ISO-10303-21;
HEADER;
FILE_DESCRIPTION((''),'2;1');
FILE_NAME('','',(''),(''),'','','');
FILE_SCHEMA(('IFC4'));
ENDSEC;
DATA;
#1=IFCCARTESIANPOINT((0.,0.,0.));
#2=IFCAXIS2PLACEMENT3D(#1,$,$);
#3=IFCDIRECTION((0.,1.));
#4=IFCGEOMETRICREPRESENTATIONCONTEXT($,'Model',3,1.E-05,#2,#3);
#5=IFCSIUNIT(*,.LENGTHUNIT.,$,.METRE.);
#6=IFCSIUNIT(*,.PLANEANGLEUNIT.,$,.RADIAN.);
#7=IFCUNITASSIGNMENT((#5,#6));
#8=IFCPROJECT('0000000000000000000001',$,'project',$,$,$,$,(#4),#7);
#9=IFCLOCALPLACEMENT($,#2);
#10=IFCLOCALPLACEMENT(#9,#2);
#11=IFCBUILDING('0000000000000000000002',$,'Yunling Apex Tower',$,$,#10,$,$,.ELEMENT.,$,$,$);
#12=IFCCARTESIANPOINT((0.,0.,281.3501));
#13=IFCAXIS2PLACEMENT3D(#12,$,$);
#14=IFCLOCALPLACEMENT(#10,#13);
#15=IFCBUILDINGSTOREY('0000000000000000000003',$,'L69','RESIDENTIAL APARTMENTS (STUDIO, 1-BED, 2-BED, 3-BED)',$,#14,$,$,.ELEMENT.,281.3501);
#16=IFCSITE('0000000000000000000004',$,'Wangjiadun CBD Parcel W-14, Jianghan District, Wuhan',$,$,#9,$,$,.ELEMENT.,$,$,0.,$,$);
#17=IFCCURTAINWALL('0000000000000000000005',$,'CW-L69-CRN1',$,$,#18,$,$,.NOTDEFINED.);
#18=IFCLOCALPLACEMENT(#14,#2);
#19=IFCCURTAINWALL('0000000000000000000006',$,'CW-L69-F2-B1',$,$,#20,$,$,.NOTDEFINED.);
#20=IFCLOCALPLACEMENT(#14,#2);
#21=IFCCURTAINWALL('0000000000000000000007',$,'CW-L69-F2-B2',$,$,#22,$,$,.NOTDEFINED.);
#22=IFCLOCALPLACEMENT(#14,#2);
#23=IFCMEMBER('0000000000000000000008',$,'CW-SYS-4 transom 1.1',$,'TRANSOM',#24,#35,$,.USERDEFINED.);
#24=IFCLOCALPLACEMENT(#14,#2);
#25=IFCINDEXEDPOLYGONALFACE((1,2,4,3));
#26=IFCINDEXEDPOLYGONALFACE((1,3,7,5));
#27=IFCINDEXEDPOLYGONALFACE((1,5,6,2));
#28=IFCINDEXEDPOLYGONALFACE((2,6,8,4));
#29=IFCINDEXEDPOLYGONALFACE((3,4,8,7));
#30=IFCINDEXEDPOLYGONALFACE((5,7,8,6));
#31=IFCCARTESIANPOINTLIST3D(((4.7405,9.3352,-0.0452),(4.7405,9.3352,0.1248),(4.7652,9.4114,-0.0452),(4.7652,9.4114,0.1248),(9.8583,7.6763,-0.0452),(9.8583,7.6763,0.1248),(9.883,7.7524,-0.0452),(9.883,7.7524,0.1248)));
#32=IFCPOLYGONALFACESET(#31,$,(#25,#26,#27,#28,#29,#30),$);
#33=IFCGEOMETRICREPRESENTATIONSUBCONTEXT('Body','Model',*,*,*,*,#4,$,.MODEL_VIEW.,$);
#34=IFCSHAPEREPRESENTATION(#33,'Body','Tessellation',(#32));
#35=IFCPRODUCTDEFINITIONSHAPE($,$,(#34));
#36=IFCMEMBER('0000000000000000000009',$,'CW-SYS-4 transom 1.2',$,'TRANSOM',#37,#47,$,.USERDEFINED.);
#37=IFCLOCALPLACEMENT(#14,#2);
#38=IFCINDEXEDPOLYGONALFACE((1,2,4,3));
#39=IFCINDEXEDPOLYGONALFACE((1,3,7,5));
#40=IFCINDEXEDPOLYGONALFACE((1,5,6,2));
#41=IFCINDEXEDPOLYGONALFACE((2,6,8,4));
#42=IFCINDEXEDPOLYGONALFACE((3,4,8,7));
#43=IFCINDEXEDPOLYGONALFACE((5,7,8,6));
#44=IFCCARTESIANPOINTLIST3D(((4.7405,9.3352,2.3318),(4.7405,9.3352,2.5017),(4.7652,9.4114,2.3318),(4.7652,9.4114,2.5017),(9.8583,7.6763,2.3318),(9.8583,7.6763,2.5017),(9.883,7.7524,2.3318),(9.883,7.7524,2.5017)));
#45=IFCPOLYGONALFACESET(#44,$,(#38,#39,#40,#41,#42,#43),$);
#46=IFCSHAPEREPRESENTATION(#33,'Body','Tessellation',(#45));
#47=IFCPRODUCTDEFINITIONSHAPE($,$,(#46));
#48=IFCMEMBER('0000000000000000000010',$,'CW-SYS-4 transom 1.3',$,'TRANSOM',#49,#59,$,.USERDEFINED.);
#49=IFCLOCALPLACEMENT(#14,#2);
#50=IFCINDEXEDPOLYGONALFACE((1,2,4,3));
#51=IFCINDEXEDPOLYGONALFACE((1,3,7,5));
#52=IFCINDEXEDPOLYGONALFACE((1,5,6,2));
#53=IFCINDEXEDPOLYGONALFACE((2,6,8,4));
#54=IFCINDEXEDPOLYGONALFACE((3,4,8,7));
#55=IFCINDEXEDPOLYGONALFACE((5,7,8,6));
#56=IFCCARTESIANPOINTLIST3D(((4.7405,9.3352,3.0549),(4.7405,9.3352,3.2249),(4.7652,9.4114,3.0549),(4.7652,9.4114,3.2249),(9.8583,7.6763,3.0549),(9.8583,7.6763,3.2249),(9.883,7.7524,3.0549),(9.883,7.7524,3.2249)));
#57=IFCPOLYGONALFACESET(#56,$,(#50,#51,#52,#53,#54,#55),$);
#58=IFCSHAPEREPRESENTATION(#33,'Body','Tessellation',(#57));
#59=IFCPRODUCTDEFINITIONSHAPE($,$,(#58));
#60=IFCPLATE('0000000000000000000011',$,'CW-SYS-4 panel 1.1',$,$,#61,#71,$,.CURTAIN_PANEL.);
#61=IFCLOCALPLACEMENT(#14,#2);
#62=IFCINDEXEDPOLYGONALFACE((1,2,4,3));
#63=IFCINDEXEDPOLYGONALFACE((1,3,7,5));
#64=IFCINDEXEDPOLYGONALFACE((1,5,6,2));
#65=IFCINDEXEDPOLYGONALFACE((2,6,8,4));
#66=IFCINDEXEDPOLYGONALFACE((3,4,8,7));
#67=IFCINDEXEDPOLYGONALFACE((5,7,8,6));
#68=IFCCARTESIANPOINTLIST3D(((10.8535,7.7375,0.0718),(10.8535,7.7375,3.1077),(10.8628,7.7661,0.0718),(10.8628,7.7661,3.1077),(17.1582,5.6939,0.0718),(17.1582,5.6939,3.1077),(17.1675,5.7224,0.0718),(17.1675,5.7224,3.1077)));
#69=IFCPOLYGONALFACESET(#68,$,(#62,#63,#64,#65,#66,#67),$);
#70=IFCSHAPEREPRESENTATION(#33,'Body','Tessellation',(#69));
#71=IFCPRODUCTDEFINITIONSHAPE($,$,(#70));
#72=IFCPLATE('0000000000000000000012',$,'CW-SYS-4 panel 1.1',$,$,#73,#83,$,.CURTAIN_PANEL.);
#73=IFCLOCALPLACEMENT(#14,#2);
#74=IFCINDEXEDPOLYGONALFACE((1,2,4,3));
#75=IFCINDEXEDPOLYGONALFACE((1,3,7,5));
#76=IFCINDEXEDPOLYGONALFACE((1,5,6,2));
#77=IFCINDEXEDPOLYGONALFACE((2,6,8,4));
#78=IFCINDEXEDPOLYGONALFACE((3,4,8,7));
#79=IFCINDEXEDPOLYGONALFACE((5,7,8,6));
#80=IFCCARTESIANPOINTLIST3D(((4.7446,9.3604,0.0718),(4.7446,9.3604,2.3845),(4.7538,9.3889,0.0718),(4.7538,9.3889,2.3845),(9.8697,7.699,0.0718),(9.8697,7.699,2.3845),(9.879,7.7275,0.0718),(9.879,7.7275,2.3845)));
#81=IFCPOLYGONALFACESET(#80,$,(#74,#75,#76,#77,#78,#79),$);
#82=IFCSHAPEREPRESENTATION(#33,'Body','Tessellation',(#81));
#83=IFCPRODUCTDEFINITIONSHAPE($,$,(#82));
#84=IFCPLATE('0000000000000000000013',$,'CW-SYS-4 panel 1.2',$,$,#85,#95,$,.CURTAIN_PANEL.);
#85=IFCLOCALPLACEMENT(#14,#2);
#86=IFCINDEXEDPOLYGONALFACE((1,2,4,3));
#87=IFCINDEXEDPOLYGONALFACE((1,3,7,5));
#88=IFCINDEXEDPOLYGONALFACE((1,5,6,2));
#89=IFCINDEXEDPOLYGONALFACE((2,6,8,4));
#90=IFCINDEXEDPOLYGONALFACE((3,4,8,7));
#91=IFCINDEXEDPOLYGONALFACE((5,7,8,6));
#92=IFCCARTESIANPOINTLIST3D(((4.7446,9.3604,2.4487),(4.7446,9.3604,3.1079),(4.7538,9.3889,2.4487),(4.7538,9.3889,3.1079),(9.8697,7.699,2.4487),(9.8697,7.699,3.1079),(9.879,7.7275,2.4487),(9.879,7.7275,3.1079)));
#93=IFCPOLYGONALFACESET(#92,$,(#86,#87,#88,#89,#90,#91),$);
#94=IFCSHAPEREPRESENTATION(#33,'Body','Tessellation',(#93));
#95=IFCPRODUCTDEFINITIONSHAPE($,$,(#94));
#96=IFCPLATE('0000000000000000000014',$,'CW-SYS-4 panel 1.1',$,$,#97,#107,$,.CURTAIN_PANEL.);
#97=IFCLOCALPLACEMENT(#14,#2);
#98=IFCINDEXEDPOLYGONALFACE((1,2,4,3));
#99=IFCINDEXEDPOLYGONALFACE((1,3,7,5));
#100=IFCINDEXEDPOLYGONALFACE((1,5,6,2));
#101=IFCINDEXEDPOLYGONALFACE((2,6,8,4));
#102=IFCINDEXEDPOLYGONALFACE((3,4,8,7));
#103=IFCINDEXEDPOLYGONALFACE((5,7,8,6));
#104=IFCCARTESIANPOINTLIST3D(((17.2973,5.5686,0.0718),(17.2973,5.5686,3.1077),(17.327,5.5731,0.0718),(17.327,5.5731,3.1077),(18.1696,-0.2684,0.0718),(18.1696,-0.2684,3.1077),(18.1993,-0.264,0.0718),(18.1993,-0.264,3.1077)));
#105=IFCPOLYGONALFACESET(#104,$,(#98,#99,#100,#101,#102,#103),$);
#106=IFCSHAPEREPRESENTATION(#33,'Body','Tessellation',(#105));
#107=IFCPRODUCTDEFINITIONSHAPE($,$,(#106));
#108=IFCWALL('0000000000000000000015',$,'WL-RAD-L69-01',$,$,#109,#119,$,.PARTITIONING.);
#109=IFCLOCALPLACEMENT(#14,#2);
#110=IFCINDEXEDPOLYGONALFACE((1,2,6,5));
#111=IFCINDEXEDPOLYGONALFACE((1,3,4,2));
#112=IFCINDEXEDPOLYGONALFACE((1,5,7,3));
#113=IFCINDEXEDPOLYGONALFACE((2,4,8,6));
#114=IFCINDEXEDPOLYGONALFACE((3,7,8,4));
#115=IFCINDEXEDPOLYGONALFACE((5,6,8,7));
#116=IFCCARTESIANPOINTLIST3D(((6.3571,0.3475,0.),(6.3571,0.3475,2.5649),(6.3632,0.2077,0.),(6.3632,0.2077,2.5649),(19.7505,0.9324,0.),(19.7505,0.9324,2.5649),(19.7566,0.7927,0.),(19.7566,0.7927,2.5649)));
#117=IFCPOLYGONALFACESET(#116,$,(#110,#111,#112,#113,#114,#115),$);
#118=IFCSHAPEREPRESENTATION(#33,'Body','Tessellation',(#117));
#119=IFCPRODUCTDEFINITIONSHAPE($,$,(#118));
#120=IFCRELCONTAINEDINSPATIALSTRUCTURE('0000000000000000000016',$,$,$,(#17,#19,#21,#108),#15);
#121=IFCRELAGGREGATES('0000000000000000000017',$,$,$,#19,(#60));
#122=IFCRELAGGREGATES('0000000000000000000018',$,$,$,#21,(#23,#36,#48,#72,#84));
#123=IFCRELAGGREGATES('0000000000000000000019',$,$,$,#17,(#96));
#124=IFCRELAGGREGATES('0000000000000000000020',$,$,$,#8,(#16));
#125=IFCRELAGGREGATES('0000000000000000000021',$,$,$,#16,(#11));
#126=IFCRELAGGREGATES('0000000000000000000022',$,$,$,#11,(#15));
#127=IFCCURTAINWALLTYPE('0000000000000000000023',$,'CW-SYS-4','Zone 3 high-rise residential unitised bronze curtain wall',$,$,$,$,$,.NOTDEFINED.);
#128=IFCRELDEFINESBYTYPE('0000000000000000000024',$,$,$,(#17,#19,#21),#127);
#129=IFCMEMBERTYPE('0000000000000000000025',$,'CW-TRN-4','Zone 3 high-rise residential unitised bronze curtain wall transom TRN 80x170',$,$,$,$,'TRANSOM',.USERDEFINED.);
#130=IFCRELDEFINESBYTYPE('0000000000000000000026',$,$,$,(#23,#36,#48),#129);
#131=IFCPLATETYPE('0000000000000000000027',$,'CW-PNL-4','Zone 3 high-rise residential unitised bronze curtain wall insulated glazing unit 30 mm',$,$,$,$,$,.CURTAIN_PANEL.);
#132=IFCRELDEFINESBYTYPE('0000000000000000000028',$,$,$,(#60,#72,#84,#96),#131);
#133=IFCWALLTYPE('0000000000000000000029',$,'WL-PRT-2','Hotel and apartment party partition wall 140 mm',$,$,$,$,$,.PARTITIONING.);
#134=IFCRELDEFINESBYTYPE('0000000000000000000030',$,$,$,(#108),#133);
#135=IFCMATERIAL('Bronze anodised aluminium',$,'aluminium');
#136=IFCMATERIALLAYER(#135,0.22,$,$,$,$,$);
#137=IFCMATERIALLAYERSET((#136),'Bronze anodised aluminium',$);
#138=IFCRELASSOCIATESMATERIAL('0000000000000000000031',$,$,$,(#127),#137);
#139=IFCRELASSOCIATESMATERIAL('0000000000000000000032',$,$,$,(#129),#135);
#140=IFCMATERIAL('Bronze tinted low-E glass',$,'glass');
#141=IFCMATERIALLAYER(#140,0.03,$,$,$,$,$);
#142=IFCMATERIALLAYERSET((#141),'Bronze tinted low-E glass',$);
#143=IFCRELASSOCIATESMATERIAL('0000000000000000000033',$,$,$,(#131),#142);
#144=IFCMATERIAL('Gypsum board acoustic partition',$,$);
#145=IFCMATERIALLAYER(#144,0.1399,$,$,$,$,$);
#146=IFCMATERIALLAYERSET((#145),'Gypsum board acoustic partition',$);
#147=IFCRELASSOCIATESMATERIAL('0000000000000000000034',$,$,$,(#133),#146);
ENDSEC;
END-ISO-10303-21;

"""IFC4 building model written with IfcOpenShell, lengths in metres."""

from ifc_helpers import new_model, si_unit, direction, frame, frame_2d, origin, origin_2d, place, context, subcontext, project, spatial, rectangle, extrude, source, transform, mapped, material, layer, layer_set, material_profile, profile_set, type_object, element, aggregate, save


model = new_model("IFC4")

# Units and contexts
model_context = context("Model", 3, precision=1e-05, world=origin(), true_north=direction((0.0, 1.0)))
body_context = subcontext(model_context, "Body", "Model", "MODEL_VIEW")
ifc_project = project(units=[si_unit("LENGTHUNIT", "METRE"), si_unit("PLANEANGLEUNIT", "RADIAN")], contexts=[model_context])

# Site, building, storey
site_placement = place(None, origin())
site = spatial("IfcSite", under=ifc_project, at=site_placement, Name="Wangjiadun CBD Parcel W-14, Jianghan District, Wuhan", CompositionType="ELEMENT", RefElevation=0.0)
building_placement = place(site_placement, origin())
building = spatial("IfcBuilding", under=site, at=building_placement, Name="Yunling Apex Tower", CompositionType="ELEMENT")
storey_placement = place(building_placement, frame((0.0, 0.0, 281.3501)))
storey = spatial("IfcBuildingStorey", under=building, at=storey_placement, Name="L69", Description="RESIDENTIAL APARTMENTS (STUDIO, 1-BED, 2-BED, 3-BED)", CompositionType="ELEMENT", Elevation=281.3501)

# Curtain wall
ifc_material_1 = material(Name="Bronze anodised aluminium", Category="aluminium")
ifc_layer_1 = layer(ifc_material_1, 0.22)
ifc_layer_set_1 = layer_set([ifc_layer_1], Name="Bronze anodised aluminium")
curtain_wall_type = type_object("IfcCurtainWallType", Name="CW-SYS-4", Description="Zone 3 high-rise residential unitised bronze curtain wall", PredefinedType="NOTDEFINED", material=ifc_layer_set_1)
curtain_wall_1_placement = place(storey_placement, origin())
curtain_wall_1 = element("IfcCurtainWall", 1, at=curtain_wall_1_placement, inside=storey, type_object=curtain_wall_type, Name="CW-L69-CRN1", PredefinedType="NOTDEFINED")

# Curtain wall
curtain_wall_2_placement = place(storey_placement, origin())
curtain_wall_2 = element("IfcCurtainWall", 2, at=curtain_wall_2_placement, inside=storey, type_object=curtain_wall_type, Name="CW-L69-F2-B1", PredefinedType="NOTDEFINED")

# Curtain wall
curtain_wall_3_placement = place(storey_placement, origin())
curtain_wall_3 = element("IfcCurtainWall", 3, at=curtain_wall_3_placement, inside=storey, type_object=curtain_wall_type, Name="CW-L69-F2-B2", PredefinedType="NOTDEFINED")

# Members
ifc_material_profile_1 = material_profile(ifc_material_1, rectangle(XDim=0.0801, YDim=0.1699, at=origin_2d()))
ifc_profile_set_1 = profile_set([ifc_material_profile_1], Name="Bronze anodised aluminium")
member_type_1 = type_object("IfcMemberType", Name="CW-TRN-4", Description="Zone 3 high-rise residential unitised bronze curtain wall transom TRN 80x170", ElementType="TRANSOM", PredefinedType="USERDEFINED", material=ifc_profile_set_1)
shared_shape_1 = source(origin(), body_context, "Body", "SweptSolid", [
    extrude(rectangle(XDim=0.0801, YDim=0.1699, at=origin_2d()), origin(), (0.0, 0.0, 1.0), 5.3799),
])
member_1_placement = place(storey_placement, frame((9.8706, 7.7144, 0.0398), z_axis=(-0.951269, 0.308362, 0.0), x_axis=(-0.308362, -0.951269, 0.0)))
member_1 = element("IfcMember", 4, at=member_1_placement, type_object=member_type_1, Name="CW-SYS-4 transom 1.1", ObjectType="TRANSOM", PredefinedType="USERDEFINED", context=body_context, shape_type="MappedRepresentation", body=[
    mapped(shared_shape_1, transform((0.0, 0.0, 0.0), scale=1.0)),
])
member_2_placement = place(storey_placement, frame((9.8706, 7.7144, 2.4167), z_axis=(-0.951269, 0.308362, 0.0), x_axis=(-0.308362, -0.951269, 0.0)))
member_2 = element("IfcMember", 5, at=member_2_placement, type_object=member_type_1, Name="CW-SYS-4 transom 1.2", ObjectType="TRANSOM", PredefinedType="USERDEFINED", context=body_context, shape_type="MappedRepresentation", body=[
    mapped(shared_shape_1, transform((0.0, 0.0, 0.0), scale=1.0)),
])
member_3_placement = place(storey_placement, frame((9.8706, 7.7144, 3.1399), z_axis=(-0.951269, 0.308362, 0.0), x_axis=(-0.308362, -0.951269, 0.0)))
member_3 = element("IfcMember", 6, at=member_3_placement, type_object=member_type_1, Name="CW-SYS-4 transom 1.3", ObjectType="TRANSOM", PredefinedType="USERDEFINED", context=body_context, shape_type="MappedRepresentation", body=[
    mapped(shared_shape_1, transform((0.0, 0.0, 0.0), scale=1.0)),
])

# Plates
ifc_material_2 = material(Name="Bronze tinted low-E glass", Category="glass")
ifc_layer_2 = layer(ifc_material_2, 0.03)
ifc_layer_set_2 = layer_set([ifc_layer_2], Name="Bronze tinted low-E glass")
plate_type = type_object("IfcPlateType", Name="CW-PNL-4", Description="Zone 3 high-rise residential unitised bronze curtain wall insulated glazing unit 30 mm", PredefinedType="CURTAIN_PANEL", material=ifc_layer_set_2)
shared_shape_2 = source(origin(), body_context, "Body", "SweptSolid", [
    extrude(rectangle(XDim=6.6277, YDim=0.03, at=origin_2d()), origin(), (0.0, 0.0, 1.0), 3.0359),
])
plate_1_placement = place(storey_placement, frame((14.0105, 6.73, 0.0718), z_axis=(0.0, 0.0, 1.0), x_axis=(-0.951272, 0.308353, 0.0)))
plate_1 = element("IfcPlate", 7, at=plate_1_placement, type_object=plate_type, Name="CW-SYS-4 panel 1.1", PredefinedType="CURTAIN_PANEL", context=body_context, shape_type="MappedRepresentation", body=[
    mapped(shared_shape_2, transform((0.0, 0.0, 0.0), scale=1.0)),
])
aggregate(curtain_wall_2, [plate_1])
shared_shape_3 = source(origin(), body_context, "Body", "SweptSolid", [
    extrude(rectangle(XDim=5.3877, YDim=0.03, at=origin_2d()), origin(), (0.0, 0.0, 1.0), 2.3127),
])
plate_2_placement = place(storey_placement, frame((7.3118, 8.5439, 0.0718), z_axis=(0.0, 0.0, 1.0), x_axis=(-0.951267, 0.308369, 0.0)))
plate_2 = element("IfcPlate", 8, at=plate_2_placement, type_object=plate_type, Name="CW-SYS-4 panel 1.1", PredefinedType="CURTAIN_PANEL", context=body_context, shape_type="MappedRepresentation", body=[
    mapped(shared_shape_3, transform((0.0, 0.0, 0.0), scale=1.0)),
])
shared_shape_4 = source(origin(), body_context, "Body", "SweptSolid", [
    extrude(rectangle(XDim=5.3877, YDim=0.03, at=origin_2d()), origin(), (0.0, 0.0, 1.0), 0.6592),
])
plate_3_placement = place(storey_placement, frame((7.3118, 8.5439, 2.4487), z_axis=(0.0, 0.0, 1.0), x_axis=(-0.951267, 0.308369, 0.0)))
plate_3 = element("IfcPlate", 9, at=plate_3_placement, type_object=plate_type, Name="CW-SYS-4 panel 1.2", PredefinedType="CURTAIN_PANEL", context=body_context, shape_type="MappedRepresentation", body=[
    mapped(shared_shape_4, transform((0.0, 0.0, 0.0), scale=1.0)),
])
aggregate(curtain_wall_3, [member_1, member_2, member_3, plate_2, plate_3])
shared_shape_5 = source(origin(), body_context, "Body", "SweptSolid", [
    extrude(rectangle(XDim=5.9019, YDim=0.03, at=origin_2d()), origin(), (0.0, 0.0, 1.0), 3.0359),
])
plate_4_placement = place(storey_placement, frame((17.7483, 2.6523, 0.0718), z_axis=(0.0, 0.0, 1.0), x_axis=(-0.147803, 0.989017, 0.0)))
plate_4 = element("IfcPlate", 10, at=plate_4_placement, type_object=plate_type, Name="CW-SYS-4 panel 1.1", PredefinedType="CURTAIN_PANEL", context=body_context, shape_type="MappedRepresentation", body=[
    mapped(shared_shape_5, transform((0.0, 0.0, 0.0), scale=1.0)),
])
aggregate(curtain_wall_1, [plate_4])

# Wall
ifc_material_3 = material(Name="Gypsum board acoustic partition")
ifc_layer_3 = layer(ifc_material_3, 0.1399)
ifc_layer_set_3 = layer_set([ifc_layer_3], Name="Gypsum board acoustic partition")
wall_type = type_object("IfcWallType", Name="WL-PRT-2", Description="Hotel and apartment party partition wall 140 mm", PredefinedType="PARTITIONING", material=ifc_layer_set_3)
wall_placement = place(storey_placement, frame((6.3601, 0.2776, 0.0), z_axis=(0.0, 0.0, 1.0), x_axis=(0.999048, 0.043633, 0.0)))
element("IfcWall", 11, at=wall_placement, inside=storey, type_object=wall_type, Name="WL-RAD-L69-01", PredefinedType="PARTITIONING", context=body_context, shape_type="SweptSolid", body=[
    extrude(rectangle(XDim=13.4062, YDim=0.1399, at=frame_2d((6.7031, 0.0))), origin(), (0.0, 0.0, 1.0), 2.5649),
])

save(model, "model.ifc")
